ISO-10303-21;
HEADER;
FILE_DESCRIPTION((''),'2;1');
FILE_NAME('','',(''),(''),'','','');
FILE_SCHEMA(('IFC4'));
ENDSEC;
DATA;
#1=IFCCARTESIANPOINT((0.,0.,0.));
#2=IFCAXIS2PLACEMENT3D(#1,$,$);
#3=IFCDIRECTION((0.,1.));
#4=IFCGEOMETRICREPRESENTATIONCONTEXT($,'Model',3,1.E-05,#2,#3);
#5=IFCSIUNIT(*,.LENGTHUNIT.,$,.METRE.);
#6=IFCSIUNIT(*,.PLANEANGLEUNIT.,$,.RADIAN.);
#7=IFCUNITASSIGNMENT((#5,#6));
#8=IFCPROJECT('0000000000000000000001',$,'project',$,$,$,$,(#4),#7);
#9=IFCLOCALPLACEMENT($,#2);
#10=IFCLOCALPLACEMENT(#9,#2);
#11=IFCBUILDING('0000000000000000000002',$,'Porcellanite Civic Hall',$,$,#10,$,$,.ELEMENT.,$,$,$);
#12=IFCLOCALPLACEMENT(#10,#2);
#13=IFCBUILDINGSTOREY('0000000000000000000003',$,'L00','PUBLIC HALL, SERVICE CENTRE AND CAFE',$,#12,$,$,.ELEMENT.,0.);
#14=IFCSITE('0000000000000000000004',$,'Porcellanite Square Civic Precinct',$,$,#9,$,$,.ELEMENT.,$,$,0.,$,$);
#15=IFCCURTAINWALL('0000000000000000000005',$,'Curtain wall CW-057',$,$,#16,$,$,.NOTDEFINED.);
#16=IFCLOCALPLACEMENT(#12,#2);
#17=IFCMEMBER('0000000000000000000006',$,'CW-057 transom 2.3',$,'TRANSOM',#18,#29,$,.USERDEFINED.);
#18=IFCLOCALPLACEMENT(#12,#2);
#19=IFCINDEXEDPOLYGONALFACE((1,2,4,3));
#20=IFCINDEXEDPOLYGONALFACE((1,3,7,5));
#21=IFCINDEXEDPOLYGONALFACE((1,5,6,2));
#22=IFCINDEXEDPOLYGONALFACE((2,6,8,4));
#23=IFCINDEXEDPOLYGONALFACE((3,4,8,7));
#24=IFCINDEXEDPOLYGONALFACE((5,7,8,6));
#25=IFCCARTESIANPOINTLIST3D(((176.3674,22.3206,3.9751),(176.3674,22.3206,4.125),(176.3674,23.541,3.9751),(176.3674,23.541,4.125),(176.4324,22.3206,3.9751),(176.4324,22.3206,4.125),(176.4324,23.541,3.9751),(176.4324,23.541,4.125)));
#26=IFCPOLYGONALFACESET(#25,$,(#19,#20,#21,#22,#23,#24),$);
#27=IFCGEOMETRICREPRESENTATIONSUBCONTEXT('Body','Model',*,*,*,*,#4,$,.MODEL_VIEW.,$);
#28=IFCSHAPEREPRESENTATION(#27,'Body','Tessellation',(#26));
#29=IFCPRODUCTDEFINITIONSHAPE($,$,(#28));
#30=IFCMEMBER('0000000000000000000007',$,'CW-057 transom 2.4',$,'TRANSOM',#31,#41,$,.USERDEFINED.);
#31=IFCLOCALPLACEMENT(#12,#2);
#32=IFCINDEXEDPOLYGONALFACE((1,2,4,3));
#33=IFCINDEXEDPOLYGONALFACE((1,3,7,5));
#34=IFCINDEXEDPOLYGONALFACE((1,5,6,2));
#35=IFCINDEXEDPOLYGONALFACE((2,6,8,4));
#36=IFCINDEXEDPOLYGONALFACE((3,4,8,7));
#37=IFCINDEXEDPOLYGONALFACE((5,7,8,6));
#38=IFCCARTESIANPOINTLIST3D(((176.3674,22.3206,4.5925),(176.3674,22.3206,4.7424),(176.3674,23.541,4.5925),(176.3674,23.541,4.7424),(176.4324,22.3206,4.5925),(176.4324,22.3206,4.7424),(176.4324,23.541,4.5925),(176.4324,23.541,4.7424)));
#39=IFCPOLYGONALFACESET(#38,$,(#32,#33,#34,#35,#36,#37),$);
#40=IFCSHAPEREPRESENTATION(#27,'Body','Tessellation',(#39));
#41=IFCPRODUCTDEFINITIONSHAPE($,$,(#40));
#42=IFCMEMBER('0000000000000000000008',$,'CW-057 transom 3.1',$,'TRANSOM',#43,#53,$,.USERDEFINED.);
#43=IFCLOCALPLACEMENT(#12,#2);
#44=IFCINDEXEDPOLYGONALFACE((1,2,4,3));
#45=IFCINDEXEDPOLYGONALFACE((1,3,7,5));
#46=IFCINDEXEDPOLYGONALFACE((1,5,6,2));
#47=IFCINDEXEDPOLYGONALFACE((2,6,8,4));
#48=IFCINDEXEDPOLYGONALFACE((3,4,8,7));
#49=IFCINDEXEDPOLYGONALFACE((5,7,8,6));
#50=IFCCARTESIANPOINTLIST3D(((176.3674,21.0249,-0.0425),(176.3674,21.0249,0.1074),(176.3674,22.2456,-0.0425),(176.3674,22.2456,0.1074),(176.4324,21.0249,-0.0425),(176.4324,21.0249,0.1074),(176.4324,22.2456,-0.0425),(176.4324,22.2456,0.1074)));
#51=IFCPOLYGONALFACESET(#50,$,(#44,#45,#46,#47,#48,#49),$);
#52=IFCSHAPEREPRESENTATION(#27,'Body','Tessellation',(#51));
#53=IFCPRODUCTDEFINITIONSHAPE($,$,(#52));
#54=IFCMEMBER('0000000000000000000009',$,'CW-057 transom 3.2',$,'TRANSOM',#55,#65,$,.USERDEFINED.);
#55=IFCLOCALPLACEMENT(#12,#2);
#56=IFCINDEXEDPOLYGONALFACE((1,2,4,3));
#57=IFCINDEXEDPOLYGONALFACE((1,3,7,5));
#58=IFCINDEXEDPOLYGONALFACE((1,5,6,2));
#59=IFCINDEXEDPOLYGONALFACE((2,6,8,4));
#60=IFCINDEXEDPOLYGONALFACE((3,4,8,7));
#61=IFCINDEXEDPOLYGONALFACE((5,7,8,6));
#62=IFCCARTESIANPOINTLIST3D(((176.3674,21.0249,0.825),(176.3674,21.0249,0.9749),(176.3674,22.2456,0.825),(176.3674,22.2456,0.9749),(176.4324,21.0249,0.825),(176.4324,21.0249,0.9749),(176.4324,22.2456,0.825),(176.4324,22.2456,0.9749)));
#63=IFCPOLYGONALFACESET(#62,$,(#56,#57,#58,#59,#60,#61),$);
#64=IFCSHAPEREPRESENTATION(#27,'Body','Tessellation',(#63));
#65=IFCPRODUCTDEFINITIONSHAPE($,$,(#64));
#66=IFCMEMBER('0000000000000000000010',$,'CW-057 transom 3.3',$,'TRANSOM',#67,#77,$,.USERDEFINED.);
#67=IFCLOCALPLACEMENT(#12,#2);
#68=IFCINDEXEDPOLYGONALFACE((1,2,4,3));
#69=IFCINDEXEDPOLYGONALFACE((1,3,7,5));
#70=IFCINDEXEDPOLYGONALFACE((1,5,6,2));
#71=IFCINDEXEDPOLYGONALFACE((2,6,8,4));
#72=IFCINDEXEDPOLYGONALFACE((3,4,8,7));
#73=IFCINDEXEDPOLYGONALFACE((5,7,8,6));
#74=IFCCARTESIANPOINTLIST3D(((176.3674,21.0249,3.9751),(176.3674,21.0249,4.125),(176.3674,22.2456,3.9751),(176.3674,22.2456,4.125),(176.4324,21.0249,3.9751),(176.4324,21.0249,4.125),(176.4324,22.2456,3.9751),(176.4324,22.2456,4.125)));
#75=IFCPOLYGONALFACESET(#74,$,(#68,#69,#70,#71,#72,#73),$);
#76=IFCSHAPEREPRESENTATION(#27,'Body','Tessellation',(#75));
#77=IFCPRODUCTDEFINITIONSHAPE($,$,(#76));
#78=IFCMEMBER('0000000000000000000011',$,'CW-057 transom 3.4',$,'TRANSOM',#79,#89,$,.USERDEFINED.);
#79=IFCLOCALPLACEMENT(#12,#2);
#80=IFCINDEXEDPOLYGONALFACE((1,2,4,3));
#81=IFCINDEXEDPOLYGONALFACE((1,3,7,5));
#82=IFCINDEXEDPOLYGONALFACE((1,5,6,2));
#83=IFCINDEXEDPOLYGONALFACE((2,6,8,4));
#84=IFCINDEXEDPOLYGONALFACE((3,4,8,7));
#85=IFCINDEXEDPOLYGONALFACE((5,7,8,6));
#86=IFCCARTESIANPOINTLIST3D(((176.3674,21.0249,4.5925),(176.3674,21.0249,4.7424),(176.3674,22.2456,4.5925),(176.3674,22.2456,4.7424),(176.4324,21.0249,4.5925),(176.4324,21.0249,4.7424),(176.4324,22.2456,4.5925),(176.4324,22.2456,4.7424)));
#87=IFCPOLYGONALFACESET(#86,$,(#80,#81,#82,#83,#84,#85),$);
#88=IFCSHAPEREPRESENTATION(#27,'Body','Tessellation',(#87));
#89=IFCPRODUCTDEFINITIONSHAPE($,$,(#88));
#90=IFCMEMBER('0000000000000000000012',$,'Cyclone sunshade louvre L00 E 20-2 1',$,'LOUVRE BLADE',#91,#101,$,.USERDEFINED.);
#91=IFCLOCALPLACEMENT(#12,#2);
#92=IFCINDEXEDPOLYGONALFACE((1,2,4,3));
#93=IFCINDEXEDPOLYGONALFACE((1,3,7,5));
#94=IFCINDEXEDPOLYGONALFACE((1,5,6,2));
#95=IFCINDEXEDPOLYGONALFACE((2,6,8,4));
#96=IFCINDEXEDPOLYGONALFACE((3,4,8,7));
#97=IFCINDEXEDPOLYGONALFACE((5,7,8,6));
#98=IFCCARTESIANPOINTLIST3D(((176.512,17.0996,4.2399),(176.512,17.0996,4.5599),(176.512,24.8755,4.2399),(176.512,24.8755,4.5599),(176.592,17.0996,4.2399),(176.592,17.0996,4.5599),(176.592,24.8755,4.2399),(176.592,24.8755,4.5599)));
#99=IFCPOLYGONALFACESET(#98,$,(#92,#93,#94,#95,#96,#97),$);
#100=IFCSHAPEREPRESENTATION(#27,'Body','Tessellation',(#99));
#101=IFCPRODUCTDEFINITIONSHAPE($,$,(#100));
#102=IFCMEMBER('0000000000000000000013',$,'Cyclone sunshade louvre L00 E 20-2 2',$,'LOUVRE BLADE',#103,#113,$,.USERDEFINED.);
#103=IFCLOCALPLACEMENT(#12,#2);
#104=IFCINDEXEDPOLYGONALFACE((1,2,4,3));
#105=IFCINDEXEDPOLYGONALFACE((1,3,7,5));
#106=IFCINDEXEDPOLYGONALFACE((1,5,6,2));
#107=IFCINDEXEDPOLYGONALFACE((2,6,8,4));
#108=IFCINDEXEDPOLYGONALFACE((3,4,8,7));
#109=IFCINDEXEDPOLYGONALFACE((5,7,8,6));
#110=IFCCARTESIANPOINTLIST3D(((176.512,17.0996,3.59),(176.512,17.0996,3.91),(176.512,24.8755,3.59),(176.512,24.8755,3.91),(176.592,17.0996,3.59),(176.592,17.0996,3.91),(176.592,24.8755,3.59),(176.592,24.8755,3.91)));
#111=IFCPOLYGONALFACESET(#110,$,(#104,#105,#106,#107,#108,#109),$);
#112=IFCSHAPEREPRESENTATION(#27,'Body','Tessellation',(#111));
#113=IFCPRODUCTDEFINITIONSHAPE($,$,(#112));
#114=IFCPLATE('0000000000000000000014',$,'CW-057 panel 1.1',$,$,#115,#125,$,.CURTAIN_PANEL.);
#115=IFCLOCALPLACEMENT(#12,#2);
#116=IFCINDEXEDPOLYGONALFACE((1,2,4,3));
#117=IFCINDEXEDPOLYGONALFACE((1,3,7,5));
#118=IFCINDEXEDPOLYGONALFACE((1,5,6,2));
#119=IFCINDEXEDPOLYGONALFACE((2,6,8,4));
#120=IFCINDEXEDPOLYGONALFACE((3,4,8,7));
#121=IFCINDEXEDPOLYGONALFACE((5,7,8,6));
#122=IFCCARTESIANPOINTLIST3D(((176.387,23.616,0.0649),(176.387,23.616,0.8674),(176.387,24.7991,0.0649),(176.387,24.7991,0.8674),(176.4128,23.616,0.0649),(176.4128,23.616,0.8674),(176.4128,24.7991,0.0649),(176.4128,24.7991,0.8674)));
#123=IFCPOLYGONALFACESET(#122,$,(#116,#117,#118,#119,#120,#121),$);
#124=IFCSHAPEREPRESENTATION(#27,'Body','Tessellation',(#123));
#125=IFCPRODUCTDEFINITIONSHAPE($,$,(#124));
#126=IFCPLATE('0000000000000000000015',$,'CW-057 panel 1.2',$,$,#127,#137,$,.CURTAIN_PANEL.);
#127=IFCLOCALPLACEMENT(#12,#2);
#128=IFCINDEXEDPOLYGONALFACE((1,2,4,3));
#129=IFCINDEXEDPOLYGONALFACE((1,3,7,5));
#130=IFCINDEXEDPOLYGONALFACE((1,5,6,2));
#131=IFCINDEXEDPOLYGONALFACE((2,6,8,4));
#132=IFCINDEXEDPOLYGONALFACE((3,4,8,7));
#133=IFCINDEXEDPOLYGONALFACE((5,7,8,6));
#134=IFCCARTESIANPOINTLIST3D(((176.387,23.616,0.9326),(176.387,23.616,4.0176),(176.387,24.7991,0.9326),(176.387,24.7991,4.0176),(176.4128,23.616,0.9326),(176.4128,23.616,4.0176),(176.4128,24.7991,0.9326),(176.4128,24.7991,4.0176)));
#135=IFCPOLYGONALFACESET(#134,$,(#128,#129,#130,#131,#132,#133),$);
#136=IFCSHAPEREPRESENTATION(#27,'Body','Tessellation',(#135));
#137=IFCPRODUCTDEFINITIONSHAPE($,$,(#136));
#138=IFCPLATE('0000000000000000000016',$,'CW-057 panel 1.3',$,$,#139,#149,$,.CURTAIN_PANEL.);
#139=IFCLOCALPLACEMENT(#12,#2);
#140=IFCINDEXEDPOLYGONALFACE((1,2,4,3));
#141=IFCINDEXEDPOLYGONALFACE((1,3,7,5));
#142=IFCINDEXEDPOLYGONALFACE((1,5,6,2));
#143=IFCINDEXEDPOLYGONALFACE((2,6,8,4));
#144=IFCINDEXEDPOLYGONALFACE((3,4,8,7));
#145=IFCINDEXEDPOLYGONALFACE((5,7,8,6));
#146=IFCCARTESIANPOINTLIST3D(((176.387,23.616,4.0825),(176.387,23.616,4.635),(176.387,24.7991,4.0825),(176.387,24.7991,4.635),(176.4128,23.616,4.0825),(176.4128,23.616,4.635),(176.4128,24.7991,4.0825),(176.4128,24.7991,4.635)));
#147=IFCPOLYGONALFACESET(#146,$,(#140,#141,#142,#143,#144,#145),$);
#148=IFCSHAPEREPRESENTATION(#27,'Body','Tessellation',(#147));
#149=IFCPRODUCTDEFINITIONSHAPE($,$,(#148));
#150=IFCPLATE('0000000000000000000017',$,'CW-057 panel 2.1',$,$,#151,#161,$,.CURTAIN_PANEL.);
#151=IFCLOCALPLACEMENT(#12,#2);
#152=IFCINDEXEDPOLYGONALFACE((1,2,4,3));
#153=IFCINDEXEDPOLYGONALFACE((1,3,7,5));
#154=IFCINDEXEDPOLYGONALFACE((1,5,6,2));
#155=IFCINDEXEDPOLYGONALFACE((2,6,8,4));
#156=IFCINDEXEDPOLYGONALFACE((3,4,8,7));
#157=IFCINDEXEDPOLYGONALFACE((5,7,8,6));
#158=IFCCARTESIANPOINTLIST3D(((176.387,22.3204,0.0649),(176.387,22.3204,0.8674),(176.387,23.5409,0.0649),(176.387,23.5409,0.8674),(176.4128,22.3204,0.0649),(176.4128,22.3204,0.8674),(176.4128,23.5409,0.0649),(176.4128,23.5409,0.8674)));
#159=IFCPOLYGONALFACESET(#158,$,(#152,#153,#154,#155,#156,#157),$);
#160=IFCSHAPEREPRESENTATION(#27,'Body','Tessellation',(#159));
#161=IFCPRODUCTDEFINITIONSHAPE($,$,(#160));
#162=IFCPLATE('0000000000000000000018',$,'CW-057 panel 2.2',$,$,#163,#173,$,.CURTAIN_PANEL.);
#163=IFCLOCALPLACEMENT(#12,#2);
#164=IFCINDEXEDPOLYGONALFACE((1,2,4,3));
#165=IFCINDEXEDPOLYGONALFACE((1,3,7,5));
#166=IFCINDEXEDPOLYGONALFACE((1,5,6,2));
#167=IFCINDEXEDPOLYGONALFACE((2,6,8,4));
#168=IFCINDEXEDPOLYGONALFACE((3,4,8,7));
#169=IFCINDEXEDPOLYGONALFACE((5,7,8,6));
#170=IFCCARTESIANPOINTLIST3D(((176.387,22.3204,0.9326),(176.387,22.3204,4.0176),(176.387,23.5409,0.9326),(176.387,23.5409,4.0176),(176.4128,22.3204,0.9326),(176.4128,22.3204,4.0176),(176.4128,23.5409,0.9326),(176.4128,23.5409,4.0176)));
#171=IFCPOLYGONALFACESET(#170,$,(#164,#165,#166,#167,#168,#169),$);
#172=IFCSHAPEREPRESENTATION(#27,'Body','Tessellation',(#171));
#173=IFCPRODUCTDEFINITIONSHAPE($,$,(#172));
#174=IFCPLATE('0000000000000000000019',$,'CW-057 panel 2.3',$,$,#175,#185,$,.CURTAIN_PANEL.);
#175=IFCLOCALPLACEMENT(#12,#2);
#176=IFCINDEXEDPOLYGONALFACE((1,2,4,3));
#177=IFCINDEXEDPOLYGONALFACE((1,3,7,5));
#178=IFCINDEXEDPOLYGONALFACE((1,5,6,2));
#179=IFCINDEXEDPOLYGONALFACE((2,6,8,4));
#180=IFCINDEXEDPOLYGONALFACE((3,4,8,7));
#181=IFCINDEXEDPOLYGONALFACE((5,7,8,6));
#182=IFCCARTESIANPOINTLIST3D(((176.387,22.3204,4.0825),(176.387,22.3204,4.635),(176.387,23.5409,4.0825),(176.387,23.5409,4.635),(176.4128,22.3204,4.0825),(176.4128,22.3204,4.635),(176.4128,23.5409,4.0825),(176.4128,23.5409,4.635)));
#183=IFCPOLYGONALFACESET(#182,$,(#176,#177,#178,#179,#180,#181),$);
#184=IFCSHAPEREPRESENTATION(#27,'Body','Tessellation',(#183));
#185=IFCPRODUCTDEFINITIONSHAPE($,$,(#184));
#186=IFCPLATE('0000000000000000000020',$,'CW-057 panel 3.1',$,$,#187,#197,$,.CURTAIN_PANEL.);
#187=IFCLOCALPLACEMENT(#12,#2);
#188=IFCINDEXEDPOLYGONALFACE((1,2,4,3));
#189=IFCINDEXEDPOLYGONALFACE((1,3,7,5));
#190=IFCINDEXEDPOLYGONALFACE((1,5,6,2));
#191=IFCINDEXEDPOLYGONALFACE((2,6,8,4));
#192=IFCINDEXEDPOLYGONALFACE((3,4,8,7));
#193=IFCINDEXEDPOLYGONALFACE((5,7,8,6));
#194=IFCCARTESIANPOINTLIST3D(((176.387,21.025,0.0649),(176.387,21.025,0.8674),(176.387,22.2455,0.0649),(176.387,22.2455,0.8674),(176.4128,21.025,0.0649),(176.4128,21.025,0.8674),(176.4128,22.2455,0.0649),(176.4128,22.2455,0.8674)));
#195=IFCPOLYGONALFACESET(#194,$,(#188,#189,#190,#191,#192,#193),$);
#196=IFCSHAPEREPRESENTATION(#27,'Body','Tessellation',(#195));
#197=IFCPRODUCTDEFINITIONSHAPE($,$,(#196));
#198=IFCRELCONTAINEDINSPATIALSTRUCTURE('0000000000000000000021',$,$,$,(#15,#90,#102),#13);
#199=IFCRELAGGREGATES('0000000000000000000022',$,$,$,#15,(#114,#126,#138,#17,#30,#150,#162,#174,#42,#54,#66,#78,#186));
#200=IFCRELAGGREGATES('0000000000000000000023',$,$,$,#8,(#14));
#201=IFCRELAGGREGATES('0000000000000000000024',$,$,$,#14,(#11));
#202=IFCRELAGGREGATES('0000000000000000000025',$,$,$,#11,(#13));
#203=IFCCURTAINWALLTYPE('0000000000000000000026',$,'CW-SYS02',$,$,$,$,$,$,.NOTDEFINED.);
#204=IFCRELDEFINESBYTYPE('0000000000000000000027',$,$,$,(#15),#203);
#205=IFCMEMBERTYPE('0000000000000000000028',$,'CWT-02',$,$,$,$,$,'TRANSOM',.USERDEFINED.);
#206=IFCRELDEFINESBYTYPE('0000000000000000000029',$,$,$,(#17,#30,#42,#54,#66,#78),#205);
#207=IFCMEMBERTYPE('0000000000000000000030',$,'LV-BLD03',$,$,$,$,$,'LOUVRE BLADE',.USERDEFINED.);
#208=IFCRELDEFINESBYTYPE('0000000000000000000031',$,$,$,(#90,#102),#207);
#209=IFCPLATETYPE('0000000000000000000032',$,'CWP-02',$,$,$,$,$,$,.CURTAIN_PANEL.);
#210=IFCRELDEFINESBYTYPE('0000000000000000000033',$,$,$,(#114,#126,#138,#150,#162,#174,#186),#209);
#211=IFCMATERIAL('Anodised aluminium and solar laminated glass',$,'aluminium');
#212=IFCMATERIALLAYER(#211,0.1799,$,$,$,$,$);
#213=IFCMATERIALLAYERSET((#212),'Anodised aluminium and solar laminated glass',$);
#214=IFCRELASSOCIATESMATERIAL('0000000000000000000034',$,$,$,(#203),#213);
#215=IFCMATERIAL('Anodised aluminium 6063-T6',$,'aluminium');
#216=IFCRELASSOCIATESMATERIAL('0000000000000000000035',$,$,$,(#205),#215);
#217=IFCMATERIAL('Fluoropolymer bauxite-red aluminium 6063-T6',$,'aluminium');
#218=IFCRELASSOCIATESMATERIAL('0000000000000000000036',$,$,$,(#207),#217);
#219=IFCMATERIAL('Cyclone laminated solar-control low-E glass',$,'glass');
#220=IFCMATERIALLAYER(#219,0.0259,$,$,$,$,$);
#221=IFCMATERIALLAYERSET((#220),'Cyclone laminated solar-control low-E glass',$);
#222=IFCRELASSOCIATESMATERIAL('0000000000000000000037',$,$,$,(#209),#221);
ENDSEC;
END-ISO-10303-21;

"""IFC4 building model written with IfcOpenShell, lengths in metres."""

from ifc_helpers import new_model, si_unit, direction, frame, origin, origin_2d, place, context, subcontext, project, spatial, rectangle, extrude, material, layer, layer_set, material_profile, profile_set, type_object, element, aggregate, save


model = new_model("IFC4")

# Units and contexts
model_context = context("Model", 3, precision=1e-05, world=origin(), true_north=direction((0.0, 1.0)))
body_context = subcontext(model_context, "Body", "Model", "MODEL_VIEW")
ifc_project = project(units=[si_unit("LENGTHUNIT", "METRE"), si_unit("PLANEANGLEUNIT", "RADIAN")], contexts=[model_context])

# Site, building, storey
site_placement = place(None, origin())
site = spatial("IfcSite", under=ifc_project, at=site_placement, Name="Porcellanite Square Civic Precinct", CompositionType="ELEMENT", RefElevation=0.0)
building_placement = place(site_placement, origin())
building = spatial("IfcBuilding", under=site, at=building_placement, Name="Porcellanite Civic Hall", CompositionType="ELEMENT")
storey_placement = place(building_placement, origin())
storey = spatial("IfcBuildingStorey", under=building, at=storey_placement, Name="L00", Description="PUBLIC HALL, SERVICE CENTRE AND CAFE", CompositionType="ELEMENT", Elevation=0.0)

# Curtain wall, members
ifc_material_1 = material(Name="Anodised aluminium and solar laminated glass", Category="aluminium")
ifc_layer_1 = layer(ifc_material_1, 0.1799)
ifc_layer_set_1 = layer_set([ifc_layer_1], Name="Anodised aluminium and solar laminated glass")
curtain_wall_type = type_object("IfcCurtainWallType", Name="CW-SYS02", PredefinedType="NOTDEFINED", material=ifc_layer_set_1)
curtain_wall_placement = place(storey_placement, origin())
curtain_wall = element("IfcCurtainWall", 1, at=curtain_wall_placement, inside=storey, type_object=curtain_wall_type, Name="Curtain wall CW-057", PredefinedType="NOTDEFINED")
ifc_material_2 = material(Name="Anodised aluminium 6063-T6", Category="aluminium")
ifc_material_profile_1 = material_profile(ifc_material_2, rectangle(XDim=0.0649, YDim=0.1499, at=origin_2d()), Name="AL-65x150")
ifc_profile_set_1 = profile_set([ifc_material_profile_1], Name="Anodised aluminium 6063-T6")
member_type_1 = type_object("IfcMemberType", Name="CWT-02", ElementType="TRANSOM", PredefinedType="USERDEFINED", material=ifc_profile_set_1)
member_1_placement = place(storey_placement, frame((176.3999, 23.541, 4.05), z_axis=(0.0, -1.0, 0.0), x_axis=(1.0, 0.0, 0.0)))
member_1 = element("IfcMember", 2, at=member_1_placement, type_object=member_type_1, Name="CW-057 transom 2.3", ObjectType="TRANSOM", PredefinedType="USERDEFINED", context=body_context, shape_type="SweptSolid", body=[
    extrude(rectangle(XDim=0.0649, YDim=0.1499, at=origin_2d()), origin(), (0.0, 0.0, 1.0), 1.2205),
])
member_2_placement = place(storey_placement, frame((176.3999, 23.541, 4.6675), z_axis=(0.0, -1.0, 0.0), x_axis=(1.0, 0.0, 0.0)))
member_2 = element("IfcMember", 3, at=member_2_placement, type_object=member_type_1, Name="CW-057 transom 2.4", ObjectType="TRANSOM", PredefinedType="USERDEFINED", context=body_context, shape_type="SweptSolid", body=[
    extrude(rectangle(XDim=0.0649, YDim=0.1499, at=origin_2d()), origin(), (0.0, 0.0, 1.0), 1.2205),
])
member_3_placement = place(storey_placement, frame((176.3999, 22.2456, 0.0325), z_axis=(0.0, -1.0, 0.0), x_axis=(1.0, 0.0, 0.0)))
member_3 = element("IfcMember", 4, at=member_3_placement, type_object=member_type_1, Name="CW-057 transom 3.1", ObjectType="TRANSOM", PredefinedType="USERDEFINED", context=body_context, shape_type="SweptSolid", body=[
    extrude(rectangle(XDim=0.0649, YDim=0.1499, at=origin_2d()), origin(), (0.0, 0.0, 1.0), 1.2207),
])
member_4_placement = place(storey_placement, frame((176.3999, 22.2456, 0.8999), z_axis=(0.0, -1.0, 0.0), x_axis=(1.0, 0.0, 0.0)))
member_4 = element("IfcMember", 5, at=member_4_placement, type_object=member_type_1, Name="CW-057 transom 3.2", ObjectType="TRANSOM", PredefinedType="USERDEFINED", context=body_context, shape_type="SweptSolid", body=[
    extrude(rectangle(XDim=0.0649, YDim=0.1499, at=origin_2d()), origin(), (0.0, 0.0, 1.0), 1.2207),
])
member_5_placement = place(storey_placement, frame((176.3999, 22.2456, 4.05), z_axis=(0.0, -1.0, 0.0), x_axis=(1.0, 0.0, 0.0)))
member_5 = element("IfcMember", 6, at=member_5_placement, type_object=member_type_1, Name="CW-057 transom 3.3", ObjectType="TRANSOM", PredefinedType="USERDEFINED", context=body_context, shape_type="SweptSolid", body=[
    extrude(rectangle(XDim=0.0649, YDim=0.1499, at=origin_2d()), origin(), (0.0, 0.0, 1.0), 1.2207),
])
member_6_placement = place(storey_placement, frame((176.3999, 22.2456, 4.6675), z_axis=(0.0, -1.0, 0.0), x_axis=(1.0, 0.0, 0.0)))
member_6 = element("IfcMember", 7, at=member_6_placement, type_object=member_type_1, Name="CW-057 transom 3.4", ObjectType="TRANSOM", PredefinedType="USERDEFINED", context=body_context, shape_type="SweptSolid", body=[
    extrude(rectangle(XDim=0.0649, YDim=0.1499, at=origin_2d()), origin(), (0.0, 0.0, 1.0), 1.2207),
])

# Members
ifc_material_3 = material(Name="Fluoropolymer bauxite-red aluminium 6063-T6", Category="aluminium")
ifc_material_profile_2 = material_profile(ifc_material_3, rectangle(XDim=0.0801, YDim=0.3201, at=origin_2d()), Name="AL-80x320")
ifc_profile_set_2 = profile_set([ifc_material_profile_2], Name="Fluoropolymer bauxite-red aluminium 6063-T6")
member_type_2 = type_object("IfcMemberType", Name="LV-BLD03", ElementType="LOUVRE BLADE", PredefinedType="USERDEFINED", material=ifc_profile_set_2)
for number, where, z_axis, x_axis, name in (
    (8, (176.552, 24.8755, 4.3999), (0.0, -1.0, 0.0), (1.0, 0.0, 0.0), "Cyclone sunshade louvre L00 E 20-2 1"),
    (9, (176.552, 24.8755, 3.75), (0.0, -1.0, 0.0), (1.0, 0.0, 0.0), "Cyclone sunshade louvre L00 E 20-2 2"),
):
    element("IfcMember", number, at=place(storey_placement, frame(where, z_axis=z_axis, x_axis=x_axis)), inside=storey, type_object=member_type_2, Name=name, ObjectType="LOUVRE BLADE", PredefinedType="USERDEFINED", context=body_context, shape_type="SweptSolid", body=[
        extrude(rectangle(XDim=0.0801, YDim=0.3201, at=origin_2d()), origin(), (0.0, 0.0, 1.0), 7.7759),
    ])

# Plates
ifc_material_4 = material(Name="Cyclone laminated solar-control low-E glass", Category="glass")
ifc_layer_2 = layer(ifc_material_4, 0.0259)
ifc_layer_set_2 = layer_set([ifc_layer_2], Name="Cyclone laminated solar-control low-E glass")
plate_type = type_object("IfcPlateType", Name="CWP-02", PredefinedType="CURTAIN_PANEL", material=ifc_layer_set_2)
plate_1_placement = place(storey_placement, frame((176.3999, 24.2075, 0.0649), z_axis=(0.0, 0.0, 1.0), x_axis=(0.0, -1.0, 0.0)))
plate_1 = element("IfcPlate", 10, at=plate_1_placement, type_object=plate_type, Name="CW-057 panel 1.1", PredefinedType="CURTAIN_PANEL", context=body_context, shape_type="SweptSolid", body=[
    extrude(rectangle(XDim=1.1831, YDim=0.0259, at=origin_2d()), origin(), (0.0, 0.0, 1.0), 0.8025),
])
plate_2_placement = place(storey_placement, frame((176.3999, 24.2075, 0.9326), z_axis=(0.0, 0.0, 1.0), x_axis=(0.0, -1.0, 0.0)))
plate_2 = element("IfcPlate", 11, at=plate_2_placement, type_object=plate_type, Name="CW-057 panel 1.2", PredefinedType="CURTAIN_PANEL", context=body_context, shape_type="SweptSolid", body=[
    extrude(rectangle(XDim=1.1831, YDim=0.0259, at=origin_2d()), origin(), (0.0, 0.0, 1.0), 3.085),
])
plate_3_placement = place(storey_placement, frame((176.3999, 24.2075, 4.0825), z_axis=(0.0, 0.0, 1.0), x_axis=(0.0, -1.0, 0.0)))
plate_3 = element("IfcPlate", 12, at=plate_3_placement, type_object=plate_type, Name="CW-057 panel 1.3", PredefinedType="CURTAIN_PANEL", context=body_context, shape_type="SweptSolid", body=[
    extrude(rectangle(XDim=1.1831, YDim=0.0259, at=origin_2d()), origin(), (0.0, 0.0, 1.0), 0.5525),
])
plate_4_placement = place(storey_placement, frame((176.3999, 22.9307, 0.0649), z_axis=(0.0, 0.0, 1.0), x_axis=(0.0, -1.0, 0.0)))
plate_4 = element("IfcPlate", 13, at=plate_4_placement, type_object=plate_type, Name="CW-057 panel 2.1", PredefinedType="CURTAIN_PANEL", context=body_context, shape_type="SweptSolid", body=[
    extrude(rectangle(XDim=1.2205, YDim=0.0259, at=origin_2d()), origin(), (0.0, 0.0, 1.0), 0.8025),
])
plate_5_placement = place(storey_placement, frame((176.3999, 22.9307, 0.9326), z_axis=(0.0, 0.0, 1.0), x_axis=(0.0, -1.0, 0.0)))
plate_5 = element("IfcPlate", 14, at=plate_5_placement, type_object=plate_type, Name="CW-057 panel 2.2", PredefinedType="CURTAIN_PANEL", context=body_context, shape_type="SweptSolid", body=[
    extrude(rectangle(XDim=1.2205, YDim=0.0259, at=origin_2d()), origin(), (0.0, 0.0, 1.0), 3.085),
])
plate_6_placement = place(storey_placement, frame((176.3999, 22.9307, 4.0825), z_axis=(0.0, 0.0, 1.0), x_axis=(0.0, -1.0, 0.0)))
plate_6 = element("IfcPlate", 15, at=plate_6_placement, type_object=plate_type, Name="CW-057 panel 2.3", PredefinedType="CURTAIN_PANEL", context=body_context, shape_type="SweptSolid", body=[
    extrude(rectangle(XDim=1.2205, YDim=0.0259, at=origin_2d()), origin(), (0.0, 0.0, 1.0), 0.5525),
])
plate_7_placement = place(storey_placement, frame((176.3999, 21.6353, 0.0649), z_axis=(0.0, 0.0, 1.0), x_axis=(0.0, -1.0, 0.0)))
plate_7 = element("IfcPlate", 16, at=plate_7_placement, type_object=plate_type, Name="CW-057 panel 3.1", PredefinedType="CURTAIN_PANEL", context=body_context, shape_type="SweptSolid", body=[
    extrude(rectangle(XDim=1.2205, YDim=0.0259, at=origin_2d()), origin(), (0.0, 0.0, 1.0), 0.8025),
])
aggregate(curtain_wall, [plate_1, plate_2, plate_3, member_1, member_2, plate_4, plate_5, plate_6, member_3, member_4, member_5, member_6, plate_7])

save(model, "model.ifc")
